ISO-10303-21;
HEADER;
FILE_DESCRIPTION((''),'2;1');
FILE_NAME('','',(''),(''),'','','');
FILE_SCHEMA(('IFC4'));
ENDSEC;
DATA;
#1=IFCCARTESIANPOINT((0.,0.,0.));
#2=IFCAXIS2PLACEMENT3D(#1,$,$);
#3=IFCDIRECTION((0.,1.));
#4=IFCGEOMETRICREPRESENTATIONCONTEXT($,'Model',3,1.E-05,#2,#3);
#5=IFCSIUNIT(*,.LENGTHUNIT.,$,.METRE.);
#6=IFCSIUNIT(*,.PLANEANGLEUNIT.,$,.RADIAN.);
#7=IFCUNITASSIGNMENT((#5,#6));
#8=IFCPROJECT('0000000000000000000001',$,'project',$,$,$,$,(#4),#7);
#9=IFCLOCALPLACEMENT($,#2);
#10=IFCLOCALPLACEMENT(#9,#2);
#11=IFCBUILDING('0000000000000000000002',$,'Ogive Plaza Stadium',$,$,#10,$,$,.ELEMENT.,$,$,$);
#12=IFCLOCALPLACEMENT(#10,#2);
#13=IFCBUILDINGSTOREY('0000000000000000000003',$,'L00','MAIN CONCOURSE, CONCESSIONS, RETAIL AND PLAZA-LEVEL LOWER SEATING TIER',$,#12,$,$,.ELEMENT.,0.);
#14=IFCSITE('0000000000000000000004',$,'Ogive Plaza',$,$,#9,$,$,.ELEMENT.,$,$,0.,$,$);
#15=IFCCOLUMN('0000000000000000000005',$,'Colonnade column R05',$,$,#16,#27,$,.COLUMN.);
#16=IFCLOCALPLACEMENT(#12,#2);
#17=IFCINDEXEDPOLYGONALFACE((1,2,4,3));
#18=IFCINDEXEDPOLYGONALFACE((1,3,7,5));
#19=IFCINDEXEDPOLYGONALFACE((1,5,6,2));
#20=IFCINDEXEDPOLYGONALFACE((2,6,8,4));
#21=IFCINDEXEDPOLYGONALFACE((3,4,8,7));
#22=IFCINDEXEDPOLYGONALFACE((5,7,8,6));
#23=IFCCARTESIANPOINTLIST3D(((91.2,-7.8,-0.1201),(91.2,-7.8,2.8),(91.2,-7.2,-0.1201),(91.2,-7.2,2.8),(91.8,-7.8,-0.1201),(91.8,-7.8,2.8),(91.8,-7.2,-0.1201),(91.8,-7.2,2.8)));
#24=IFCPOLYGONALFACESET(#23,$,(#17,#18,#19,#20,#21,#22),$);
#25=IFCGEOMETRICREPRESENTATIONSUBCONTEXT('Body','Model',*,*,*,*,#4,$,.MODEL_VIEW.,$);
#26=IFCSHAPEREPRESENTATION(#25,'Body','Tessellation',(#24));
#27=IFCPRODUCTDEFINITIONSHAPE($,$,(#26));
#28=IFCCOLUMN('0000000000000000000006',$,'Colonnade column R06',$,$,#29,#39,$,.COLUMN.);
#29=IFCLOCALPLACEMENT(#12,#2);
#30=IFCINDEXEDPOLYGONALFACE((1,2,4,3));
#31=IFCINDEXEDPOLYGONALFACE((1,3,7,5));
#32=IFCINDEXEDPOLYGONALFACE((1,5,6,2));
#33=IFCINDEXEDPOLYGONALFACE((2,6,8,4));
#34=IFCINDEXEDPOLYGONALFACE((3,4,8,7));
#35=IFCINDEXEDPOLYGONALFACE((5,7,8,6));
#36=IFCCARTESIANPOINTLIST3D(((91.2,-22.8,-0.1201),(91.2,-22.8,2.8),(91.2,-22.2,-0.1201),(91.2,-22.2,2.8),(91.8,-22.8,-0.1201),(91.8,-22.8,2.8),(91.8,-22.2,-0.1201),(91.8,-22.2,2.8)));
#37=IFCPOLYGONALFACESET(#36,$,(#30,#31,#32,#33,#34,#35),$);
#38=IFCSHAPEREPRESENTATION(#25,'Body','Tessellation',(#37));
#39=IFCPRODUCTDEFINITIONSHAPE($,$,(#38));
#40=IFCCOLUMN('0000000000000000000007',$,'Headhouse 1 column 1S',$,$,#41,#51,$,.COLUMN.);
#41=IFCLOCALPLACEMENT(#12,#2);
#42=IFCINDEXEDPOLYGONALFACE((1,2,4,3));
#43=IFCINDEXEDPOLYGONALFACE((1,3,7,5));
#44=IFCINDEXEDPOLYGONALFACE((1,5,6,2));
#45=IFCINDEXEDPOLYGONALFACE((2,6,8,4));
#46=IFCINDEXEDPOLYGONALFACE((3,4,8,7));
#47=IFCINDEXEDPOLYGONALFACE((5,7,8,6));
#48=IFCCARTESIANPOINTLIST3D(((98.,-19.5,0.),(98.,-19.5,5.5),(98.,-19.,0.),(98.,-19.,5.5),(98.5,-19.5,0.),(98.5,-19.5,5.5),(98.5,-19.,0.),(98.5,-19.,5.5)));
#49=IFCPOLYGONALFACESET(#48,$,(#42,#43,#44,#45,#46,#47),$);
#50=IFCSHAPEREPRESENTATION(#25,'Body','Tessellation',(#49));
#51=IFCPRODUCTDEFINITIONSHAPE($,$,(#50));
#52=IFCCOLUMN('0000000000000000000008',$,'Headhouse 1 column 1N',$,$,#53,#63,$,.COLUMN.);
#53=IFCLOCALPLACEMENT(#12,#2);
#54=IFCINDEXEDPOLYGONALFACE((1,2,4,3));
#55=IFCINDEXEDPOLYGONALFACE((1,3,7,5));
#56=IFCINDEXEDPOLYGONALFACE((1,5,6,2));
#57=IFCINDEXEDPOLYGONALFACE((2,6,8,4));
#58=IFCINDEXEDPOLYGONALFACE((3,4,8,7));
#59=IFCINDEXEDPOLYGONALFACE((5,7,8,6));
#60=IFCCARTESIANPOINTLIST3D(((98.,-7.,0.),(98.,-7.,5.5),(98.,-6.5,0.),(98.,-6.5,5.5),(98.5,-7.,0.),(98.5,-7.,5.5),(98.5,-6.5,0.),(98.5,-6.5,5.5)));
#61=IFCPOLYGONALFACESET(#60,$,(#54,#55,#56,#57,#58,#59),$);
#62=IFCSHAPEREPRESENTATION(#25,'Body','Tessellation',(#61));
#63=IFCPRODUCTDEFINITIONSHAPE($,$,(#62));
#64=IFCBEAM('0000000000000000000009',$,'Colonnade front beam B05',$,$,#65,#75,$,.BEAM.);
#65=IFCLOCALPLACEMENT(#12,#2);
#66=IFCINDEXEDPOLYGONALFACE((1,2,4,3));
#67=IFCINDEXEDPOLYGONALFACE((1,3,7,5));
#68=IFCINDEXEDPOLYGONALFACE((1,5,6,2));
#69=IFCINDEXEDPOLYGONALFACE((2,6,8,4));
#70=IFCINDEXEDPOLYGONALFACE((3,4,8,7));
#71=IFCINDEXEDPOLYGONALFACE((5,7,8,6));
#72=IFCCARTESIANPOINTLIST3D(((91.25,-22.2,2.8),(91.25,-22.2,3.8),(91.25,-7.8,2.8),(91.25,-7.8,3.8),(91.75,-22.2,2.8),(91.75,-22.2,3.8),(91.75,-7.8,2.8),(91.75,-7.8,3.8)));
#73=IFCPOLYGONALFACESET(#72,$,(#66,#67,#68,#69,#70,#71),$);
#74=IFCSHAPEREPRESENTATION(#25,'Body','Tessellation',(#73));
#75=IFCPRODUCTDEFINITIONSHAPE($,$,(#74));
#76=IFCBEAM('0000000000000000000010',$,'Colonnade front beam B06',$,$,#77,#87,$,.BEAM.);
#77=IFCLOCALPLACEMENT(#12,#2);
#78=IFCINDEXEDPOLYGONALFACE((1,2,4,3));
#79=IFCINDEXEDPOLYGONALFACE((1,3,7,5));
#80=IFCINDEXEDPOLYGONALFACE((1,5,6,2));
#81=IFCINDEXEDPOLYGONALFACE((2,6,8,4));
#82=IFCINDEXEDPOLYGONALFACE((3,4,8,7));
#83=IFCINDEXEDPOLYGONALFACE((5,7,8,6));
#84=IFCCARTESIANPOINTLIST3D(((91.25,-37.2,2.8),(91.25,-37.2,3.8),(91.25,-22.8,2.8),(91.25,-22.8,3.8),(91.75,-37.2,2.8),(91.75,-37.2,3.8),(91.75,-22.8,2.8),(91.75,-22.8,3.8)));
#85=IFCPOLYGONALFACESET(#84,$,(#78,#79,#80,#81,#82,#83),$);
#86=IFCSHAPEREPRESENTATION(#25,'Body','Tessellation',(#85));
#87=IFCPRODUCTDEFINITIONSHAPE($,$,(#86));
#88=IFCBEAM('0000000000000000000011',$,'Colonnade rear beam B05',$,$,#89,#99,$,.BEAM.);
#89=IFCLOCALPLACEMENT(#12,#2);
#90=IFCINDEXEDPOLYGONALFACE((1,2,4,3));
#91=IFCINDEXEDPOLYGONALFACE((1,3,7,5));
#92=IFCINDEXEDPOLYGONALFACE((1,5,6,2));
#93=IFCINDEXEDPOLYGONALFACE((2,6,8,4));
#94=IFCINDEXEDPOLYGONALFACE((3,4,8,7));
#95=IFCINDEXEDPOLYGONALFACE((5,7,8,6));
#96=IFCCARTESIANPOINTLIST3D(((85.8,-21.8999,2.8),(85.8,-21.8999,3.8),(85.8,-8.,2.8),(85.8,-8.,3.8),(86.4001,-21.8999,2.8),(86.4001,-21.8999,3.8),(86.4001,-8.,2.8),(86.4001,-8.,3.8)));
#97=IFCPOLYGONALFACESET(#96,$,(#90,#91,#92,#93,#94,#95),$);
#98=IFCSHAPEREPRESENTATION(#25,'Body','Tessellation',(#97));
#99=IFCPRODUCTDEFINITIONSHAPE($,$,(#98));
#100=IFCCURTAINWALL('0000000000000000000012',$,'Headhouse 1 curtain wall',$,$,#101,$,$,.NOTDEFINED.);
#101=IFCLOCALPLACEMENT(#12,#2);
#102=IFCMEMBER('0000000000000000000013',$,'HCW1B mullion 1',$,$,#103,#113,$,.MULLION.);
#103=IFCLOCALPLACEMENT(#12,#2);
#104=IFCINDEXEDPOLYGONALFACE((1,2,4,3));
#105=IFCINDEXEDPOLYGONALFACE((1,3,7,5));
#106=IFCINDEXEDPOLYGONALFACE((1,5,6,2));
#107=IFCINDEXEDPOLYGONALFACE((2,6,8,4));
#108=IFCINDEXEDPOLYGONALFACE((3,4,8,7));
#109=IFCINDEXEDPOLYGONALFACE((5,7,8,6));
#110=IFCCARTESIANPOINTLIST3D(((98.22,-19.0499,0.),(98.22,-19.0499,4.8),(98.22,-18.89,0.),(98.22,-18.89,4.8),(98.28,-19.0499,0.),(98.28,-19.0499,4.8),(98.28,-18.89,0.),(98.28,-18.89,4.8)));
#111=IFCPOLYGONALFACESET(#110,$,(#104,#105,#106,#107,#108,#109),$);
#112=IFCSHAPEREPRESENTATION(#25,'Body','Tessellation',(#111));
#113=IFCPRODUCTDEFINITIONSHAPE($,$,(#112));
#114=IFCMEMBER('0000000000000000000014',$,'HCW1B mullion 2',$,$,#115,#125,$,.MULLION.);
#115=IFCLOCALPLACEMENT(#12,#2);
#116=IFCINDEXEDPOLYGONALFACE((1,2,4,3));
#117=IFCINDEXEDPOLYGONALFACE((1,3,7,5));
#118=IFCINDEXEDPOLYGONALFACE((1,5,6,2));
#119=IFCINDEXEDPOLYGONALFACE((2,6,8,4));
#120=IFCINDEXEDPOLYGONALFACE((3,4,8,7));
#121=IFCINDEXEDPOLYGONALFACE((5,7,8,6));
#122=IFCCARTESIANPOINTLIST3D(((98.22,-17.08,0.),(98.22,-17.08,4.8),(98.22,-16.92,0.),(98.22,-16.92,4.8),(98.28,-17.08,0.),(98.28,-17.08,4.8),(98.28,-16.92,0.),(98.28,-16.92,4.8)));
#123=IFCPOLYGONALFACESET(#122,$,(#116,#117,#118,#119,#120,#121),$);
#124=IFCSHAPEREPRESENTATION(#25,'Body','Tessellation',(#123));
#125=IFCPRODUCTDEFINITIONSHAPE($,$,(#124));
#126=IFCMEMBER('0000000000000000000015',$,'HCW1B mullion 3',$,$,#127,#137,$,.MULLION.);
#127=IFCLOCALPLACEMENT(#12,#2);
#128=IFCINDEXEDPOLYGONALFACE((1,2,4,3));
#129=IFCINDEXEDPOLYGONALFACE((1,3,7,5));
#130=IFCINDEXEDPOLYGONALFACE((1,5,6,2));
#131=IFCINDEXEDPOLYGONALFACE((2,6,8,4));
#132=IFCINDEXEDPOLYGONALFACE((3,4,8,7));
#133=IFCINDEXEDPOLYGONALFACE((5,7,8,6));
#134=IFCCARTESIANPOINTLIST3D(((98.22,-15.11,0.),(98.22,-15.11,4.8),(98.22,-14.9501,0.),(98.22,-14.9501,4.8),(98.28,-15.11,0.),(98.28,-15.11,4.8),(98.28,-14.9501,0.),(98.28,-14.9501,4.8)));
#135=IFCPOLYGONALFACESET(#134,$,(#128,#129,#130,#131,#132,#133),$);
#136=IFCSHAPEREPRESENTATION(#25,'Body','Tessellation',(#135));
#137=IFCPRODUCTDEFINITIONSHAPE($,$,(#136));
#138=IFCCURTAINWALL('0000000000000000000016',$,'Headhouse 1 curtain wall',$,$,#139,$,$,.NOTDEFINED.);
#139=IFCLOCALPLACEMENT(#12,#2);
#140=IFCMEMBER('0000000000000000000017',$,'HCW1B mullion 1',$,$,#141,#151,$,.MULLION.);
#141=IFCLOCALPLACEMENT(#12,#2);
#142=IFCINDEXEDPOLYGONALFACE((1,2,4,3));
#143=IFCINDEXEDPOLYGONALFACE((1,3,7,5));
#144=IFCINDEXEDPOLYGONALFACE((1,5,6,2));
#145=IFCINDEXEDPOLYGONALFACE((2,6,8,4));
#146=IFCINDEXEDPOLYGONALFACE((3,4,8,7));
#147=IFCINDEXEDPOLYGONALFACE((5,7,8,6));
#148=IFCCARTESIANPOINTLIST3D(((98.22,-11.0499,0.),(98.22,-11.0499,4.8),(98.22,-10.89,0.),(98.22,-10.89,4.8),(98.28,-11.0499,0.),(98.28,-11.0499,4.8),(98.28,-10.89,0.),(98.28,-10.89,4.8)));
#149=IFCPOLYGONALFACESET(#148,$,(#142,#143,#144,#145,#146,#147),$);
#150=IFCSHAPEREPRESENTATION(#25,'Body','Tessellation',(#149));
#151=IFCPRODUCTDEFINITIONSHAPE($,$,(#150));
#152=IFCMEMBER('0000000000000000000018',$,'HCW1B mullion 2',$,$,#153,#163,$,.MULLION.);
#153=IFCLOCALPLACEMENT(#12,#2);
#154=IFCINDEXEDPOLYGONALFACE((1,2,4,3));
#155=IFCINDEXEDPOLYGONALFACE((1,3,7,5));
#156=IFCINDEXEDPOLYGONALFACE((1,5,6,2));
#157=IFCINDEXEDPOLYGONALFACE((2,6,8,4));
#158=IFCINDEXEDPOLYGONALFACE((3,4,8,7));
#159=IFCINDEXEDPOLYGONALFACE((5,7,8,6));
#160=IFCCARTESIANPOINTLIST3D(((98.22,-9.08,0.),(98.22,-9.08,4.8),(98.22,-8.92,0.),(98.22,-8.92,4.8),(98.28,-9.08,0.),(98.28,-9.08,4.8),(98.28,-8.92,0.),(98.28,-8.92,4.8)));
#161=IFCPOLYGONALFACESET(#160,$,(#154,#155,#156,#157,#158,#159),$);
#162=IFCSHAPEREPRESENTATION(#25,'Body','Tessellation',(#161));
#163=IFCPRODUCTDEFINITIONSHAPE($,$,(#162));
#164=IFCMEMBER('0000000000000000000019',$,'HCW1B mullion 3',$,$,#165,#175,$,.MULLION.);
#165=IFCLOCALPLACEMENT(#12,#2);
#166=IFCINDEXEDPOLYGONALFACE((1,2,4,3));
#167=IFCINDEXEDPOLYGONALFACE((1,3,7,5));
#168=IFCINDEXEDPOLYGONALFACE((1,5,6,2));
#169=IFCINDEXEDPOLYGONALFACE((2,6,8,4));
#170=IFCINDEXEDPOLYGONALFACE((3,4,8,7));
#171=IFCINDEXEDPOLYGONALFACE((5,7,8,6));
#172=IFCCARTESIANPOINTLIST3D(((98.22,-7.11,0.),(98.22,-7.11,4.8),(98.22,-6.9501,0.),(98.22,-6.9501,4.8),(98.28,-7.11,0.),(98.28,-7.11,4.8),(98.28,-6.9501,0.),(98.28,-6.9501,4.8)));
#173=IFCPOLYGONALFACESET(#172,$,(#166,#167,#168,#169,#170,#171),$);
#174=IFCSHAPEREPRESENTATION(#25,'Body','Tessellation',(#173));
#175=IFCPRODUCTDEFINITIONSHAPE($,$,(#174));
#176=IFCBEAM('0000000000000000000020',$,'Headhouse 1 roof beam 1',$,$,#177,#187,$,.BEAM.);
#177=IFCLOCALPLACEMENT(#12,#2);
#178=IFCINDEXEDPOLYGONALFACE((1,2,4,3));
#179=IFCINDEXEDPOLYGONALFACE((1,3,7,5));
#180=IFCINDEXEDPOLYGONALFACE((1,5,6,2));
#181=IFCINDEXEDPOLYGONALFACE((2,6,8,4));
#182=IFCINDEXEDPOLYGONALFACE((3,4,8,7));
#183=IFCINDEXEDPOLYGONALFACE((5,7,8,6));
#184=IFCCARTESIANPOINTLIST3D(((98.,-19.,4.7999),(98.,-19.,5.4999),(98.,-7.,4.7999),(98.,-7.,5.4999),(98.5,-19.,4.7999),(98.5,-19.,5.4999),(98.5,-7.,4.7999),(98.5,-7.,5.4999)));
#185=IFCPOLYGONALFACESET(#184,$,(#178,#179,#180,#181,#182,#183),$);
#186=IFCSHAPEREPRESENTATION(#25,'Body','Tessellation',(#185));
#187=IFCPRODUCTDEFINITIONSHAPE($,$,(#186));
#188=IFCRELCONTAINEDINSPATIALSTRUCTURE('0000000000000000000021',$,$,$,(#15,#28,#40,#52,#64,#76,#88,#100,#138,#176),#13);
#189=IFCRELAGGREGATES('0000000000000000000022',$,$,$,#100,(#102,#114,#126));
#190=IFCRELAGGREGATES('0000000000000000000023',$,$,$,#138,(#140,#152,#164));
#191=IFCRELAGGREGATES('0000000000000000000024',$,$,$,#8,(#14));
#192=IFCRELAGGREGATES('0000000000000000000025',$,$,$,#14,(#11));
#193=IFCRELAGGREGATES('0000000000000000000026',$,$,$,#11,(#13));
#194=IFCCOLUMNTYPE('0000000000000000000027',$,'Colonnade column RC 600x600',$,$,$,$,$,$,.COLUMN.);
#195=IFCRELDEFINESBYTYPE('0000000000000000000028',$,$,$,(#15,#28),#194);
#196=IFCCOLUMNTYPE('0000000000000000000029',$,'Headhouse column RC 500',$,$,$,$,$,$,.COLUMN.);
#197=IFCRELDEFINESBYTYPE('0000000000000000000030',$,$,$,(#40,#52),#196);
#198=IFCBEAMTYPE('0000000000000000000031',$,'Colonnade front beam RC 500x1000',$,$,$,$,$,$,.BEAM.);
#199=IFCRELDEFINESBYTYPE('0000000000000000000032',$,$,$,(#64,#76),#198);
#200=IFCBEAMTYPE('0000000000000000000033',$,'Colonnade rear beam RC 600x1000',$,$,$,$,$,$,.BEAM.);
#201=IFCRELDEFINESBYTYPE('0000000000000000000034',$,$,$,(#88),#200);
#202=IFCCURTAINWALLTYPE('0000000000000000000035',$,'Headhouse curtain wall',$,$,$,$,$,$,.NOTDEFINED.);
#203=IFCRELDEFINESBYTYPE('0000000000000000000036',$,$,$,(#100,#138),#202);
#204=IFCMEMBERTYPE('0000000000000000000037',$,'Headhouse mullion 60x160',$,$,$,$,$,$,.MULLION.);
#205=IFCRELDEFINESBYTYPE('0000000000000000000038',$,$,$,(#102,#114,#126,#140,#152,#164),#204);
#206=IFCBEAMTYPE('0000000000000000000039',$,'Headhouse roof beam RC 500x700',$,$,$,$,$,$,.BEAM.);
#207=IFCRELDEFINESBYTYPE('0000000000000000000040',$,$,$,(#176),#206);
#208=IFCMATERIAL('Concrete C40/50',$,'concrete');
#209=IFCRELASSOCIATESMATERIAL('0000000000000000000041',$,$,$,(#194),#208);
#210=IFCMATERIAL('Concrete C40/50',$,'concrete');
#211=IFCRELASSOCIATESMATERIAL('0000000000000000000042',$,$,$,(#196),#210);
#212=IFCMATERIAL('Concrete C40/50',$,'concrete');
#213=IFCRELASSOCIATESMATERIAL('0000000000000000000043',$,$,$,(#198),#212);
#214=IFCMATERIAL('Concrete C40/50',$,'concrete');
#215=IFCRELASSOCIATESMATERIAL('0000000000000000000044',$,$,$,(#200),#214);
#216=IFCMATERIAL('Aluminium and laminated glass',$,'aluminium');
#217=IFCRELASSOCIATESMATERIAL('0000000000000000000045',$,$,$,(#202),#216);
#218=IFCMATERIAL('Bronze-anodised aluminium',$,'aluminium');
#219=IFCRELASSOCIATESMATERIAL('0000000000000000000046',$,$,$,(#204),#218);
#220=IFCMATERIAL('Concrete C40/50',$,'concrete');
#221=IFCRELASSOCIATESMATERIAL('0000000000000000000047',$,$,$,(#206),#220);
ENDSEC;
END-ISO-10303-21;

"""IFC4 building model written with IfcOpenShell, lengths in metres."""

from ifc_helpers import new_model, si_unit, direction, frame, origin, origin_2d, place, context, subcontext, project, spatial, rectangle, extrude, material, material_profile, profile_set, type_object, element, aggregate, save


model = new_model("IFC4")

# Units and contexts
model_context = context("Model", 3, precision=1e-05, world=origin(), true_north=direction((0.0, 1.0)))
body_context = subcontext(model_context, "Body", "Model", "MODEL_VIEW")
ifc_project = project(units=[si_unit("LENGTHUNIT", "METRE"), si_unit("PLANEANGLEUNIT", "RADIAN")], contexts=[model_context])

# Site, building, storey
site_placement = place(None, origin())
site = spatial("IfcSite", under=ifc_project, at=site_placement, Name="Ogive Plaza", CompositionType="ELEMENT", RefElevation=0.0)
building_placement = place(site_placement, origin())
building = spatial("IfcBuilding", under=site, at=building_placement, Name="Ogive Plaza Stadium", CompositionType="ELEMENT")
storey_placement = place(building_placement, origin())
storey = spatial("IfcBuildingStorey", under=building, at=storey_placement, Name="L00", Description="MAIN CONCOURSE, CONCESSIONS, RETAIL AND PLAZA-LEVEL LOWER SEATING TIER", CompositionType="ELEMENT", Elevation=0.0)

# Columns
ifc_material_1 = material(Name="Concrete C40/50", Category="concrete")
ifc_material_profile_1 = material_profile(ifc_material_1, rectangle(XDim=0.6001, YDim=0.6001, at=origin_2d()), Name="RC 600x600")
ifc_profile_set_1 = profile_set([ifc_material_profile_1], Name="Concrete C40/50")
column_type_1 = type_object("IfcColumnType", Name="Colonnade column RC 600x600", PredefinedType="COLUMN", material=ifc_profile_set_1)
for number, where, z_axis, x_axis, name in (
    (1, (91.5, -7.5, -0.1201), (0.0, 0.0, 1.0), (1.0, 0.0, 0.0), "Colonnade column R05"),
    (2, (91.5, -22.5, -0.1201), (0.0, 0.0, 1.0), (1.0, 0.0, 0.0), "Colonnade column R06"),
):
    element("IfcColumn", number, at=place(storey_placement, frame(where, z_axis=z_axis, x_axis=x_axis)), inside=storey, type_object=column_type_1, Name=name, PredefinedType="COLUMN", context=body_context, shape_type="SweptSolid", body=[
        extrude(rectangle(XDim=0.6001, YDim=0.6001, at=origin_2d()), origin(), (0.0, 0.0, 1.0), 2.9202),
    ])
ifc_material_2 = material(Name="Concrete C40/50", Category="concrete")
ifc_material_profile_2 = material_profile(ifc_material_2, rectangle(XDim=0.5, YDim=0.5, at=origin_2d()), Name="Headhouse column RC 500")
ifc_profile_set_2 = profile_set([ifc_material_profile_2], Name="Concrete C40/50")
column_type_2 = type_object("IfcColumnType", Name="Headhouse column RC 500", PredefinedType="COLUMN", material=ifc_profile_set_2)
for number, where, z_axis, x_axis, name in (
    (3, (98.25, -19.25, 0.0), (0.0, 0.0, 1.0), (1.0, 0.0, 0.0), "Headhouse 1 column 1S"),
    (4, (98.25, -6.75, 0.0), (0.0, 0.0, 1.0), (1.0, 0.0, 0.0), "Headhouse 1 column 1N"),
):
    element("IfcColumn", number, at=place(storey_placement, frame(where, z_axis=z_axis, x_axis=x_axis)), inside=storey, type_object=column_type_2, Name=name, PredefinedType="COLUMN", context=body_context, shape_type="SweptSolid", body=[
        extrude(rectangle(XDim=0.5, YDim=0.5, at=origin_2d()), origin(), (0.0, 0.0, 1.0), 5.5),
    ])

# Beams
ifc_material_3 = material(Name="Concrete C40/50", Category="concrete")
ifc_material_profile_3 = material_profile(ifc_material_3, rectangle(XDim=0.5, YDim=1.0, at=origin_2d()), Name="RC 500x1000")
ifc_profile_set_3 = profile_set([ifc_material_profile_3], Name="Concrete C40/50")
beam_type_1 = type_object("IfcBeamType", Name="Colonnade front beam RC 500x1000", PredefinedType="BEAM", material=ifc_profile_set_3)
for number, where, z_axis, x_axis, name in (
    (5, (91.5, -7.8, 3.3), (0.0, -1.0, 0.0), (1.0, 0.0, 0.0), "Colonnade front beam B05"),
    (6, (91.5, -22.8, 3.3), (0.0, -1.0, 0.0), (1.0, 0.0, 0.0), "Colonnade front beam B06"),
):
    element("IfcBeam", number, at=place(storey_placement, frame(where, z_axis=z_axis, x_axis=x_axis)), inside=storey, type_object=beam_type_1, Name=name, PredefinedType="BEAM", context=body_context, shape_type="SweptSolid", body=[
        extrude(rectangle(XDim=0.5, YDim=1.0, at=origin_2d()), origin(), (0.0, 0.0, 1.0), 14.3999),
    ])
ifc_material_4 = material(Name="Concrete C40/50", Category="concrete")
ifc_material_profile_4 = material_profile(ifc_material_4, rectangle(XDim=0.6001, YDim=1.0, at=origin_2d()), Name="RC 600x1000")
ifc_profile_set_4 = profile_set([ifc_material_profile_4], Name="Concrete C40/50")
beam_type_2 = type_object("IfcBeamType", Name="Colonnade rear beam RC 600x1000", PredefinedType="BEAM", material=ifc_profile_set_4)
beam_1_placement = place(storey_placement, frame((86.1001, -8.0, 3.3), z_axis=(0.0, -1.0, 0.0), x_axis=(1.0, 0.0, 0.0)))
element("IfcBeam", 7, at=beam_1_placement, inside=storey, type_object=beam_type_2, Name="Colonnade rear beam B05", PredefinedType="BEAM", context=body_context, shape_type="SweptSolid", body=[
    extrude(rectangle(XDim=0.6001, YDim=1.0, at=origin_2d()), origin(), (0.0, 0.0, 1.0), 13.8999),
])

# Curtain walls, members
ifc_material_5 = material(Name="Aluminium and laminated glass", Category="aluminium")
curtain_wall_type = type_object("IfcCurtainWallType", Name="Headhouse curtain wall", PredefinedType="NOTDEFINED", material=ifc_material_5)
curtain_wall_1_placement = place(storey_placement, origin())
curtain_wall_1 = element("IfcCurtainWall", 8, at=curtain_wall_1_placement, inside=storey, type_object=curtain_wall_type, Name="Headhouse 1 curtain wall", PredefinedType="NOTDEFINED")
ifc_material_6 = material(Name="Bronze-anodised aluminium", Category="aluminium")
ifc_material_profile_5 = material_profile(ifc_material_6, rectangle(XDim=0.0601, YDim=0.1599, at=origin_2d()), Name="Headhouse mullion 60x160")
ifc_profile_set_5 = profile_set([ifc_material_profile_5], Name="Bronze-anodised aluminium")
member_type_1 = type_object("IfcMemberType", Name="Headhouse mullion 60x160", PredefinedType="MULLION", material=ifc_profile_set_5)
member_1_placement = place(storey_placement, frame((98.25, -18.97, 0.0), z_axis=(0.0, 0.0, 1.0), x_axis=(-1.0, 0.0, 0.0)))
member_1 = element("IfcMember", 9, at=member_1_placement, type_object=member_type_1, Name="HCW1B mullion 1", PredefinedType="MULLION", context=body_context, shape_type="SweptSolid", body=[
    extrude(rectangle(XDim=0.0601, YDim=0.1599, at=origin_2d()), origin(), (0.0, 0.0, 1.0), 4.8),
])
member_2_placement = place(storey_placement, frame((98.25, -17.0, 0.0), z_axis=(0.0, 0.0, 1.0), x_axis=(-1.0, 0.0, 0.0)))
member_2 = element("IfcMember", 10, at=member_2_placement, type_object=member_type_1, Name="HCW1B mullion 2", PredefinedType="MULLION", context=body_context, shape_type="SweptSolid", body=[
    extrude(rectangle(XDim=0.0601, YDim=0.1599, at=origin_2d()), origin(), (0.0, 0.0, 1.0), 4.8),
])
member_3_placement = place(storey_placement, frame((98.25, -15.03, 0.0), z_axis=(0.0, 0.0, 1.0), x_axis=(-1.0, 0.0, 0.0)))
member_3 = element("IfcMember", 11, at=member_3_placement, type_object=member_type_1, Name="HCW1B mullion 3", PredefinedType="MULLION", context=body_context, shape_type="SweptSolid", body=[
    extrude(rectangle(XDim=0.0601, YDim=0.1599, at=origin_2d()), origin(), (0.0, 0.0, 1.0), 4.8),
])
curtain_wall_2_placement = place(storey_placement, origin())
curtain_wall_2 = element("IfcCurtainWall", 12, at=curtain_wall_2_placement, inside=storey, type_object=curtain_wall_type, Name="Headhouse 1 curtain wall", PredefinedType="NOTDEFINED")
member_4_placement = place(storey_placement, frame((98.25, -10.97, 0.0), z_axis=(0.0, 0.0, 1.0), x_axis=(-1.0, 0.0, 0.0)))
member_4 = element("IfcMember", 13, at=member_4_placement, type_object=member_type_1, Name="HCW1B mullion 1", PredefinedType="MULLION", context=body_context, shape_type="SweptSolid", body=[
    extrude(rectangle(XDim=0.0601, YDim=0.1599, at=origin_2d()), origin(), (0.0, 0.0, 1.0), 4.8),
])
member_5_placement = place(storey_placement, frame((98.25, -9.0, 0.0), z_axis=(0.0, 0.0, 1.0), x_axis=(-1.0, 0.0, 0.0)))
member_5 = element("IfcMember", 14, at=member_5_placement, type_object=member_type_1, Name="HCW1B mullion 2", PredefinedType="MULLION", context=body_context, shape_type="SweptSolid", body=[
    extrude(rectangle(XDim=0.0601, YDim=0.1599, at=origin_2d()), origin(), (0.0, 0.0, 1.0), 4.8),
])
member_6_placement = place(storey_placement, frame((98.25, -7.03, 0.0), z_axis=(0.0, 0.0, 1.0), x_axis=(-1.0, 0.0, 0.0)))
member_6 = element("IfcMember", 15, at=member_6_placement, type_object=member_type_1, Name="HCW1B mullion 3", PredefinedType="MULLION", context=body_context, shape_type="SweptSolid", body=[
    extrude(rectangle(XDim=0.0601, YDim=0.1599, at=origin_2d()), origin(), (0.0, 0.0, 1.0), 4.8),
])

# Beam
ifc_material_7 = material(Name="Concrete C40/50", Category="concrete")
ifc_material_profile_6 = material_profile(ifc_material_7, rectangle(XDim=0.5, YDim=0.7, at=origin_2d()), Name="Headhouse roof beam RC 500x700")
ifc_profile_set_6 = profile_set([ifc_material_profile_6], Name="Concrete C40/50")
beam_type_3 = type_object("IfcBeamType", Name="Headhouse roof beam RC 500x700", PredefinedType="BEAM", material=ifc_profile_set_6)
beam_2_placement = place(storey_placement, frame((98.25, -19.0, 5.1499), z_axis=(0.0, 1.0, 0.0), x_axis=(-1.0, 0.0, 0.0)))
element("IfcBeam", 16, at=beam_2_placement, inside=storey, type_object=beam_type_3, Name="Headhouse 1 roof beam 1", PredefinedType="BEAM", context=body_context, shape_type="SweptSolid", body=[
    extrude(rectangle(XDim=0.5, YDim=0.7, at=origin_2d()), origin(), (0.0, 0.0, 1.0), 12.0),
])

aggregate(curtain_wall_1, [member_1, member_2, member_3])
aggregate(curtain_wall_2, [member_4, member_5, member_6])

save(model, "model.ifc")
